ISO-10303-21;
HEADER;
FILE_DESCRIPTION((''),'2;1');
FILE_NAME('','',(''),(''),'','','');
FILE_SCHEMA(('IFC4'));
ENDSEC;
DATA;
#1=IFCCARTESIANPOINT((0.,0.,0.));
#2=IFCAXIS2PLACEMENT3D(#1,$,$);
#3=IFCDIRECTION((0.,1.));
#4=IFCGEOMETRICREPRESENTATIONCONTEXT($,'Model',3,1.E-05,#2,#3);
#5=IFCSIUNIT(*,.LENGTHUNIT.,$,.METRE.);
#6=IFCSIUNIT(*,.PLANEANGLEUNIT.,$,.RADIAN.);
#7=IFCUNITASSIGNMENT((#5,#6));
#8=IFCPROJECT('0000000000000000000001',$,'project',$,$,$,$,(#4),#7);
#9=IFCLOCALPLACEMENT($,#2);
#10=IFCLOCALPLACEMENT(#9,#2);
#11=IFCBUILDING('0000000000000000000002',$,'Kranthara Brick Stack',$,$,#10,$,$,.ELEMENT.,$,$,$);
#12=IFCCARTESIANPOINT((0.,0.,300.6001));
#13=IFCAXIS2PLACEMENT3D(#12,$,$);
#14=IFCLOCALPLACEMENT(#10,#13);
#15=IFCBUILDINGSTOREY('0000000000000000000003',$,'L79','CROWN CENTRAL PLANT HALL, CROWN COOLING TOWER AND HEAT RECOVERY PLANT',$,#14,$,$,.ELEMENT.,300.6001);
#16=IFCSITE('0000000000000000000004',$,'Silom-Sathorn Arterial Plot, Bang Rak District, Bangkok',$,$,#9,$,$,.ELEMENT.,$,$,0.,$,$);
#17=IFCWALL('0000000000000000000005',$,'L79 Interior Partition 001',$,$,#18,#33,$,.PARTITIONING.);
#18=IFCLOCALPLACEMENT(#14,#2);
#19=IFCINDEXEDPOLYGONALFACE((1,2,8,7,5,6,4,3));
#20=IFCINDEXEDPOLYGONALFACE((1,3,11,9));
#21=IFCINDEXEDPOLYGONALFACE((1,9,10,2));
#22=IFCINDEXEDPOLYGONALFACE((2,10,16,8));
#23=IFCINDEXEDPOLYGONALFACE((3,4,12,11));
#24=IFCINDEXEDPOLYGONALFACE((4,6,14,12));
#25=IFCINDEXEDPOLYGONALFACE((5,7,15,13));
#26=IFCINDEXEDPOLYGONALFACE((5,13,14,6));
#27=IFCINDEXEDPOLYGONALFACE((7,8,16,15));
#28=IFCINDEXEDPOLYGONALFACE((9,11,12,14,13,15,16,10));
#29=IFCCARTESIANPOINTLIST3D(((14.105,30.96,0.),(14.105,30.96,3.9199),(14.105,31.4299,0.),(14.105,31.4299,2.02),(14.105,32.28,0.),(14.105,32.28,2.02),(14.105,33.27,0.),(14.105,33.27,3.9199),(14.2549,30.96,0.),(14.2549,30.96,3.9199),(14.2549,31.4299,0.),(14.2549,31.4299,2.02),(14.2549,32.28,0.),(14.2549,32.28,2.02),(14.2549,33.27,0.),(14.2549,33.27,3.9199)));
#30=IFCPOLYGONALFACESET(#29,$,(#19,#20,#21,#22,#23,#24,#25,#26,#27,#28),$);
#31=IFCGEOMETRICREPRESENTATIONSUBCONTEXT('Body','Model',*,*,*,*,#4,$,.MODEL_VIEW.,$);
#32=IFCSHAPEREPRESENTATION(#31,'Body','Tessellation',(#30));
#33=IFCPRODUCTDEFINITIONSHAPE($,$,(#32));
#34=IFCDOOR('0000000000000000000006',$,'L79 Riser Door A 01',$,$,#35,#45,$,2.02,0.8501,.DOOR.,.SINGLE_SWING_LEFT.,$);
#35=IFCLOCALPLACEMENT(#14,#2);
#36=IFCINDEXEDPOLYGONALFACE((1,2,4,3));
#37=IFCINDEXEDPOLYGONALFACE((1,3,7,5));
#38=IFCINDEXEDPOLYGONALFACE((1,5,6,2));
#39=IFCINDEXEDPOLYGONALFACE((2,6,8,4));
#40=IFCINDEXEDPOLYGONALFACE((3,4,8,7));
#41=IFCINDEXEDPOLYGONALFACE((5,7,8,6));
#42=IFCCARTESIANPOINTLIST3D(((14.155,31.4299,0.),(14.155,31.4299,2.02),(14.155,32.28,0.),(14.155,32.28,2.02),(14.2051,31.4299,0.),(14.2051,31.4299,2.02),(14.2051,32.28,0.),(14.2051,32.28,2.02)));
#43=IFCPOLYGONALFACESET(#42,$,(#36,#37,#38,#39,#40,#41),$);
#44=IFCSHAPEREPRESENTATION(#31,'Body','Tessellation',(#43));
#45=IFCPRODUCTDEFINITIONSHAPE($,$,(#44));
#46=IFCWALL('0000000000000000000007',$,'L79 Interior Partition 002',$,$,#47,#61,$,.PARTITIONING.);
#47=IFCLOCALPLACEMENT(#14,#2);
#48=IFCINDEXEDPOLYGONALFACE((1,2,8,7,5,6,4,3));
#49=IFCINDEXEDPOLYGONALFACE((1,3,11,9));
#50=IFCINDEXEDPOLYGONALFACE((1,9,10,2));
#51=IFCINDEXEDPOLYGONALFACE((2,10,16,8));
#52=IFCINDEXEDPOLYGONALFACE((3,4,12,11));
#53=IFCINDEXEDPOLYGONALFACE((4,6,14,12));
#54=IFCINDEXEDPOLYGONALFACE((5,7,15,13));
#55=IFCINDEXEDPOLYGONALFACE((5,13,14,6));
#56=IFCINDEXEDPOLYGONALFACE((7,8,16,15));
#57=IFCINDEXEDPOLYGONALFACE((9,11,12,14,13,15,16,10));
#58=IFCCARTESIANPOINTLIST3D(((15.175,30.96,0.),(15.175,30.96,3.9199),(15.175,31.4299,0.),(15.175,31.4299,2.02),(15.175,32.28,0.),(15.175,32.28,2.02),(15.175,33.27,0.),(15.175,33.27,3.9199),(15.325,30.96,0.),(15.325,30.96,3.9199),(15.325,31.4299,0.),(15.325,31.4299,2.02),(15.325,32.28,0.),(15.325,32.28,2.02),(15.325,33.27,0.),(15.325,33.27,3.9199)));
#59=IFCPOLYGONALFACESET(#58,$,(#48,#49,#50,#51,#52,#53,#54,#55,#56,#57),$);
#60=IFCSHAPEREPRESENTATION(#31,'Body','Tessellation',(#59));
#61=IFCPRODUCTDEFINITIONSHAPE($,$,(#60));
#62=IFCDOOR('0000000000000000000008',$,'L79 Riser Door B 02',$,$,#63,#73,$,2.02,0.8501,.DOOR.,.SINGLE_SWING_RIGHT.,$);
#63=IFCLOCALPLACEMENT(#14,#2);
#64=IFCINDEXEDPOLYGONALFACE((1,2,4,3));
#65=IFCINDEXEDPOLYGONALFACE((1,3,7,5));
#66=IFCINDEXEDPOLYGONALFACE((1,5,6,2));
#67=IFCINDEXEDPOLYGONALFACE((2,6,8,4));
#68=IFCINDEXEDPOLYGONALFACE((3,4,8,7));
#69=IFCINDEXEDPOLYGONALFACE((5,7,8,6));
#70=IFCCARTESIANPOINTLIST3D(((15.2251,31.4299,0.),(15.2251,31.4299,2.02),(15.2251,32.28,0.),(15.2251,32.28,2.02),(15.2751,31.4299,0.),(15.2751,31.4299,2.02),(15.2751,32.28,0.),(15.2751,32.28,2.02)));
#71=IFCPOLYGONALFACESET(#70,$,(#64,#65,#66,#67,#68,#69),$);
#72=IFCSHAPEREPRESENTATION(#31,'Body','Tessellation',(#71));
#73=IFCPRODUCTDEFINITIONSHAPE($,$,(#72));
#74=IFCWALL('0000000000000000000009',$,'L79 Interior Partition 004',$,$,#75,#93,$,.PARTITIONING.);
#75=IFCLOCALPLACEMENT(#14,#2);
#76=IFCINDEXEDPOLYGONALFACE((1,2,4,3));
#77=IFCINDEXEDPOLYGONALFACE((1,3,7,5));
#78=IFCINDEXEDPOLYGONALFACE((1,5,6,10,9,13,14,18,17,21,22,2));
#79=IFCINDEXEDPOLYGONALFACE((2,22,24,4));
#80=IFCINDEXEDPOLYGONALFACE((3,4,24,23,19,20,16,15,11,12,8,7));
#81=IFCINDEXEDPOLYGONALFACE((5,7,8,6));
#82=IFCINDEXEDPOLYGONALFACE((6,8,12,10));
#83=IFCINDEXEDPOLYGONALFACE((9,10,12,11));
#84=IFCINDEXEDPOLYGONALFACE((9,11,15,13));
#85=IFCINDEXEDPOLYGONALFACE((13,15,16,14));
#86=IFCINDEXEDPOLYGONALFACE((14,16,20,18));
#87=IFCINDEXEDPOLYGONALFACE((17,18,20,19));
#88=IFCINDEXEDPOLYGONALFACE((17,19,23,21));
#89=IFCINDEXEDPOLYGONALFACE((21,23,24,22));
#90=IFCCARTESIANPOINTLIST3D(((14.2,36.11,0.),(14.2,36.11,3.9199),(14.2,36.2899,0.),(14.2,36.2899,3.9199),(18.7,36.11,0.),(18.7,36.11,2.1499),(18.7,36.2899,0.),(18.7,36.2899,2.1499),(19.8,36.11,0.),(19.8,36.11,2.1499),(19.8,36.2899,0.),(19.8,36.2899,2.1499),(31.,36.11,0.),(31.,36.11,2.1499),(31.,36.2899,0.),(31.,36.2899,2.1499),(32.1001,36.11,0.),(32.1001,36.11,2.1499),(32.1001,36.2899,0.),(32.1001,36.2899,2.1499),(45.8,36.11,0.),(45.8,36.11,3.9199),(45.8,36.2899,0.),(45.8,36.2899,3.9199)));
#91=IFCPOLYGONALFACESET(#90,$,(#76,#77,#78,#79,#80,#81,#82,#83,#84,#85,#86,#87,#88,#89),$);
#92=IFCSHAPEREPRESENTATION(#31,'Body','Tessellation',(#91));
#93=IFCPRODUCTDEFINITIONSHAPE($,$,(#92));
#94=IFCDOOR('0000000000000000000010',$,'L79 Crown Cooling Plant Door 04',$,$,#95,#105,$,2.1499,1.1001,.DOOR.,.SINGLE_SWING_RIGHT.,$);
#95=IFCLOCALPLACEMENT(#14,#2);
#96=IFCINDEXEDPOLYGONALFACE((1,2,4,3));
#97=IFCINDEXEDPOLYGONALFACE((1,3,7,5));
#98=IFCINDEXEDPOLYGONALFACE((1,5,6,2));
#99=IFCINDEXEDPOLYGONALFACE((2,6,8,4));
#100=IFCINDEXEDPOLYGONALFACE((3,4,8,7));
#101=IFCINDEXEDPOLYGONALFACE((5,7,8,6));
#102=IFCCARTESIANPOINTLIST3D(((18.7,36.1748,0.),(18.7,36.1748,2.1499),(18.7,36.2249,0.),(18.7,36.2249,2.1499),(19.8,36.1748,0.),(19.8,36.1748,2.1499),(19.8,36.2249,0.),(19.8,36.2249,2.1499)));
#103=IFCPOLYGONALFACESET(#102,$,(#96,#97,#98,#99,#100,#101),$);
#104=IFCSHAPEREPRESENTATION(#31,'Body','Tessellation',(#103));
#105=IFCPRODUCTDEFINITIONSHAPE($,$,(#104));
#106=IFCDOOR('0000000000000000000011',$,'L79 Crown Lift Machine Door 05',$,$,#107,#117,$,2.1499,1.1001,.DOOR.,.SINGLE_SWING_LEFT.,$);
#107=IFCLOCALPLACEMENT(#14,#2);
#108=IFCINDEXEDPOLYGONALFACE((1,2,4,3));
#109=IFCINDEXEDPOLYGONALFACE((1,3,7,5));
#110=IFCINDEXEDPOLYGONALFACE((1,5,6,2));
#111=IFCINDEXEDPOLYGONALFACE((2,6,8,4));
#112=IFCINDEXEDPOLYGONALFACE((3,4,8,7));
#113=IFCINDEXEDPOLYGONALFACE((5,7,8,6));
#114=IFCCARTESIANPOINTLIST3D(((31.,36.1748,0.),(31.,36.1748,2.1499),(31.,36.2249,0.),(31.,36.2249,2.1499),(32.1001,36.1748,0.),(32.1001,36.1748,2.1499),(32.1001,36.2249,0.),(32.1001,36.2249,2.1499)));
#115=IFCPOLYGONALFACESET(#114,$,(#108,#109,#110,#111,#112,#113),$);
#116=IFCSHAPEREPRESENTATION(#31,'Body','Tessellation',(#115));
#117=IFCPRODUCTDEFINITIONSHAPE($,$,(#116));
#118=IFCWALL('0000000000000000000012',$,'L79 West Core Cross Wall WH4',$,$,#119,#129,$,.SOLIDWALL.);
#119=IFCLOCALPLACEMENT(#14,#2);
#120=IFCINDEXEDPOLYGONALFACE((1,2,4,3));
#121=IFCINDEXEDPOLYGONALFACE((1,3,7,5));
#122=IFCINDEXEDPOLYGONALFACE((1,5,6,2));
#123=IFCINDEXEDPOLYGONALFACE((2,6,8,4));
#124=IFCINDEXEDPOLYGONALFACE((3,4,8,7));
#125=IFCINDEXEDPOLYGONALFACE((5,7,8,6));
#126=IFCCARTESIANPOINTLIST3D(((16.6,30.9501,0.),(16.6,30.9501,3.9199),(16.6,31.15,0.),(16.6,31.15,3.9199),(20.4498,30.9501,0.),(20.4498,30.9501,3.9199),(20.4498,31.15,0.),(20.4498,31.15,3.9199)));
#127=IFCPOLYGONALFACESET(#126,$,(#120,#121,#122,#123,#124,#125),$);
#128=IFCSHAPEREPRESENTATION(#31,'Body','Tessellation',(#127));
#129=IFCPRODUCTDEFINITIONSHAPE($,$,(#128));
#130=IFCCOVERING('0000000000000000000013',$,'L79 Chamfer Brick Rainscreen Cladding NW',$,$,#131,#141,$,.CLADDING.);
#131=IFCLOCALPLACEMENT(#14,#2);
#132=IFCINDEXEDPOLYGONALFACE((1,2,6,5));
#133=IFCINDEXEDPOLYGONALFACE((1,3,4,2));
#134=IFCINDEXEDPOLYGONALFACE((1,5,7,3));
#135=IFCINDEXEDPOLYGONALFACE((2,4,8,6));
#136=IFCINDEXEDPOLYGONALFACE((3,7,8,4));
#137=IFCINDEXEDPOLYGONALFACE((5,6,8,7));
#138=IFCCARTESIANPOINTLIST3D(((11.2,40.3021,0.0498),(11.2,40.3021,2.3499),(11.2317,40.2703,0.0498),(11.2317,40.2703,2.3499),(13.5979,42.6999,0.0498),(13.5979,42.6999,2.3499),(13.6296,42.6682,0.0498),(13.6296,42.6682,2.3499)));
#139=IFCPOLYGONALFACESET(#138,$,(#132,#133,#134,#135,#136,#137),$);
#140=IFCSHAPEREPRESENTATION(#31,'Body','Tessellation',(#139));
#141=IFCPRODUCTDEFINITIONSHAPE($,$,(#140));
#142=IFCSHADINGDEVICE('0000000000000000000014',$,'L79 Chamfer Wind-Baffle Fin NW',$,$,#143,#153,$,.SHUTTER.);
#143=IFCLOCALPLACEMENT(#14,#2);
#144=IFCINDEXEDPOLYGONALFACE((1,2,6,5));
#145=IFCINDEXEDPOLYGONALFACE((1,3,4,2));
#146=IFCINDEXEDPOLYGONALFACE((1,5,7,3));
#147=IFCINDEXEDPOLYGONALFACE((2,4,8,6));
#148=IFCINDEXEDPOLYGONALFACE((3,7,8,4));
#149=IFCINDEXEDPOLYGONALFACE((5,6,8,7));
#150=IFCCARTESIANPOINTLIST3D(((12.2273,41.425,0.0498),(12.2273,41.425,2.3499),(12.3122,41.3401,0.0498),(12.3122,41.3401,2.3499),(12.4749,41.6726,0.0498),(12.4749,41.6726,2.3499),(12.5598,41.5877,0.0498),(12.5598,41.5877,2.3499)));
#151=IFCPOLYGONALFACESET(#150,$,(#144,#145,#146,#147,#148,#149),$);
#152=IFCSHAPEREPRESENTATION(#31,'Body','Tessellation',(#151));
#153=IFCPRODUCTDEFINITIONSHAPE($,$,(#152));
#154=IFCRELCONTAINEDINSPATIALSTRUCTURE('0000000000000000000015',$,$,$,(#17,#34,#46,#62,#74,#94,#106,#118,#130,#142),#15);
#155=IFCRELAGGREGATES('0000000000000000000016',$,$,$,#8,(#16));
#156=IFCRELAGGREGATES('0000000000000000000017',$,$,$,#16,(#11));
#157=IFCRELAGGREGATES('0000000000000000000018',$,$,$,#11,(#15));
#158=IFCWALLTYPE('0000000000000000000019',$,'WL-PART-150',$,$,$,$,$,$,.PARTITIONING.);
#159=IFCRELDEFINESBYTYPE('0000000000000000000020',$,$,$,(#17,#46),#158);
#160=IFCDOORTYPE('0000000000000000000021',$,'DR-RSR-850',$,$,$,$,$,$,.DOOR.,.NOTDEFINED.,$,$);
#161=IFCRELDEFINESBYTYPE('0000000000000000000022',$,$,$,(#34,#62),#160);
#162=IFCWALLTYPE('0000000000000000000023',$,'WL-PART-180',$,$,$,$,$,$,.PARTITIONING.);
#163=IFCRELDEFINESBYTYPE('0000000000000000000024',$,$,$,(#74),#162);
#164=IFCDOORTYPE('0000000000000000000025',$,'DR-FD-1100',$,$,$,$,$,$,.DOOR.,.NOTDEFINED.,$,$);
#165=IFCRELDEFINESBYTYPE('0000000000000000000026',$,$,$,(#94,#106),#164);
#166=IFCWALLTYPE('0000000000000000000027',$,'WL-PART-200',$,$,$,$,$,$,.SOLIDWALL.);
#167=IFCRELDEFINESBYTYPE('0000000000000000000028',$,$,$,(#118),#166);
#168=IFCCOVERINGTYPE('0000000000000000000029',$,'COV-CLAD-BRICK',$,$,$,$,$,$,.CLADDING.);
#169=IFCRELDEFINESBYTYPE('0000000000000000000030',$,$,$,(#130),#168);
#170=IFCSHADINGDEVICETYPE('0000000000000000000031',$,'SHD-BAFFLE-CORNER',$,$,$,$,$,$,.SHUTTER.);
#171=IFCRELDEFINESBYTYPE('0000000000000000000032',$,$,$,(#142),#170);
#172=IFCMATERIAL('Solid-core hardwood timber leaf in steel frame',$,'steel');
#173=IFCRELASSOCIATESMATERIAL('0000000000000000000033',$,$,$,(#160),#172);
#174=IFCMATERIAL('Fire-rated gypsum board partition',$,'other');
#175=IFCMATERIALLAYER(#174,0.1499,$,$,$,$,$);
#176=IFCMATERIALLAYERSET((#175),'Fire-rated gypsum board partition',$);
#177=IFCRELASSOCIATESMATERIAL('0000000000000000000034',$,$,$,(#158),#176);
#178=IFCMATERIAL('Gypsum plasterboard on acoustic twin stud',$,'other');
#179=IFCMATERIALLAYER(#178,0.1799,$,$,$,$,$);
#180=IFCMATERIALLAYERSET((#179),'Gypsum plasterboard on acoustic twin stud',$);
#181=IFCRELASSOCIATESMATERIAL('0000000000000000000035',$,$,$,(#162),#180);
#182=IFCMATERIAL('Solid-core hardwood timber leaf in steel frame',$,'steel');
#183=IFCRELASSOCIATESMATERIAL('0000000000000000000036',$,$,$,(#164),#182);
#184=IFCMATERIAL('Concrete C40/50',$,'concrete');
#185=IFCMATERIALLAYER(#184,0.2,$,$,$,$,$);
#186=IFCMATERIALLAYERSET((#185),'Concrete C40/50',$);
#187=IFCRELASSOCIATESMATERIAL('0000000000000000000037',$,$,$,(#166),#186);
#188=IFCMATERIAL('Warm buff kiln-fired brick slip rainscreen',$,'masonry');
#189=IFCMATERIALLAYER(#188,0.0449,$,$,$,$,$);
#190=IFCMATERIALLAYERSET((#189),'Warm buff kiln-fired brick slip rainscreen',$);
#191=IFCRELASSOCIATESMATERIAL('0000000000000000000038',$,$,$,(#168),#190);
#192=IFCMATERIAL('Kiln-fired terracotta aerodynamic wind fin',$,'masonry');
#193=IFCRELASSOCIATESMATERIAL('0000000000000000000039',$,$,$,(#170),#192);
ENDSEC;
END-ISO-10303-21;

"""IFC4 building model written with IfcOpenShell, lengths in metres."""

from ifc_helpers import new_model, si_unit, direction, frame, frame_2d, origin, origin_2d, place, context, subcontext, project, spatial, rectangle, extrude, material, layer, layer_set, type_object, element, fill, save


model = new_model("IFC4")

# Units and contexts
model_context = context("Model", 3, precision=1e-05, world=origin(), true_north=direction((0.0, 1.0)))
body_context = subcontext(model_context, "Body", "Model", "MODEL_VIEW")
ifc_project = project(units=[si_unit("LENGTHUNIT", "METRE"), si_unit("PLANEANGLEUNIT", "RADIAN")], contexts=[model_context])

# Site, building, storey
site_placement = place(None, origin())
site = spatial("IfcSite", under=ifc_project, at=site_placement, Name="Silom-Sathorn Arterial Plot, Bang Rak District, Bangkok", CompositionType="ELEMENT", RefElevation=0.0)
building_placement = place(site_placement, origin())
building = spatial("IfcBuilding", under=site, at=building_placement, Name="Kranthara Brick Stack", CompositionType="ELEMENT")
storey_placement = place(building_placement, frame((0.0, 0.0, 300.6001)))
storey = spatial("IfcBuildingStorey", under=building, at=storey_placement, Name="L79", Description="CROWN CENTRAL PLANT HALL, CROWN COOLING TOWER AND HEAT RECOVERY PLANT", CompositionType="ELEMENT", Elevation=300.6001)

# Walls, openings, doors
ifc_material_1 = material(Name="Solid-core hardwood timber leaf in steel frame", Category="steel")
door_type_1 = type_object("IfcDoorType", Name="DR-RSR-850", OperationType="NOTDEFINED", PredefinedType="DOOR", material=ifc_material_1)
ifc_material_2 = material(Name="Fire-rated gypsum board partition", Category="other")
ifc_layer_1 = layer(ifc_material_2, 0.1499)
ifc_layer_set_1 = layer_set([ifc_layer_1], Name="Fire-rated gypsum board partition")
wall_type_1 = type_object("IfcWallType", Name="WL-PART-150", PredefinedType="PARTITIONING", material=ifc_layer_set_1)
wall_1_placement = place(storey_placement, frame((14.1799, 30.96, 0.0), z_axis=(0.0, 0.0, 1.0), x_axis=(0.0, 1.0, 0.0)))
wall_1 = element("IfcWall", 1, at=wall_1_placement, inside=storey, type_object=wall_type_1, Name="L79 Interior Partition 001", PredefinedType="PARTITIONING", context=body_context, shape_type="SweptSolid", body=[
    extrude(rectangle(XDim=2.3101, YDim=0.1499, at=frame_2d((1.155, 0.0))), origin(), (0.0, 0.0, 1.0), 3.9199),
])
opening_1_placement = place(wall_1_placement, frame((0.47, 0.0, 0.0)))
opening_1 = element("IfcOpeningElement", 2, at=opening_1_placement, cuts=wall_1, PredefinedType="OPENING", context=body_context, shape_type="SweptSolid", body=[
    extrude(rectangle(XDim=0.8501, YDim=2.02, at=frame_2d((0.425, 1.01))), frame((0.0, 0.085, 0.0), z_axis=(0.0, -1.0, 0.0), x_axis=(1.0, 0.0, 0.0)), (0.0, 0.0, 1.0), 0.1699),
])
door_1_placement = place(opening_1_placement, origin())
door_1 = element("IfcDoor", 3, at=door_1_placement, inside=storey, type_object=door_type_1, Name="L79 Riser Door A 01", OperationType="SINGLE_SWING_LEFT", OverallHeight=2.02, OverallWidth=0.8501, PredefinedType="DOOR", context=body_context, shape_type="SweptSolid", body=[
    extrude(rectangle(XDim=0.8501, YDim=2.02, at=frame_2d((0.425, 1.01))), frame((0.0, 0.0249, 0.0), z_axis=(0.0, -1.0, 0.0), x_axis=(1.0, 0.0, 0.0)), (0.0, 0.0, 1.0), 0.05),
])
fill(opening_1, door_1)
wall_2_placement = place(storey_placement, frame((15.25, 30.96, 0.0), z_axis=(0.0, 0.0, 1.0), x_axis=(0.0, 1.0, 0.0)))
wall_2 = element("IfcWall", 4, at=wall_2_placement, inside=storey, type_object=wall_type_1, Name="L79 Interior Partition 002", PredefinedType="PARTITIONING", context=body_context, shape_type="SweptSolid", body=[
    extrude(rectangle(XDim=2.3101, YDim=0.1499, at=frame_2d((1.155, 0.0))), origin(), (0.0, 0.0, 1.0), 3.9199),
])
opening_2_placement = place(wall_2_placement, frame((0.47, 0.0, 0.0)))
opening_2 = element("IfcOpeningElement", 5, at=opening_2_placement, cuts=wall_2, PredefinedType="OPENING", context=body_context, shape_type="SweptSolid", body=[
    extrude(rectangle(XDim=0.8501, YDim=2.02, at=frame_2d((0.425, 1.01))), frame((0.0, 0.085, 0.0), z_axis=(0.0, -1.0, 0.0), x_axis=(1.0, 0.0, 0.0)), (0.0, 0.0, 1.0), 0.1699),
])
door_2_placement = place(opening_2_placement, origin())
door_2 = element("IfcDoor", 6, at=door_2_placement, inside=storey, type_object=door_type_1, Name="L79 Riser Door B 02", OperationType="SINGLE_SWING_RIGHT", OverallHeight=2.02, OverallWidth=0.8501, PredefinedType="DOOR", context=body_context, shape_type="SweptSolid", body=[
    extrude(rectangle(XDim=0.8501, YDim=2.02, at=frame_2d((0.425, 1.01))), frame((0.0, 0.0249, 0.0), z_axis=(0.0, -1.0, 0.0), x_axis=(1.0, 0.0, 0.0)), (0.0, 0.0, 1.0), 0.05),
])
fill(opening_2, door_2)

# Wall, openings, doors
ifc_material_3 = material(Name="Gypsum plasterboard on acoustic twin stud", Category="other")
ifc_layer_2 = layer(ifc_material_3, 0.1799)
ifc_layer_set_2 = layer_set([ifc_layer_2], Name="Gypsum plasterboard on acoustic twin stud")
wall_type_2 = type_object("IfcWallType", Name="WL-PART-180", PredefinedType="PARTITIONING", material=ifc_layer_set_2)
wall_3_placement = place(storey_placement, frame((14.2, 36.2, 0.0), z_axis=(0.0, 0.0, 1.0), x_axis=(1.0, 0.0, 0.0)))
wall_3 = element("IfcWall", 7, at=wall_3_placement, inside=storey, type_object=wall_type_2, Name="L79 Interior Partition 004", PredefinedType="PARTITIONING", context=body_context, shape_type="SweptSolid", body=[
    extrude(rectangle(XDim=31.6001, YDim=0.1799, at=frame_2d((15.8, 0.0))), origin(), (0.0, 0.0, 1.0), 3.9199),
])
opening_3_placement = place(wall_3_placement, frame((4.5, 0.0, 0.0)))
opening_3 = element("IfcOpeningElement", 8, at=opening_3_placement, cuts=wall_3, PredefinedType="OPENING", context=body_context, shape_type="SweptSolid", body=[
    extrude(rectangle(XDim=1.1001, YDim=2.1499, at=frame_2d((0.55, 1.075))), frame((0.0, 0.0999, 0.0), z_axis=(0.0, -1.0, 0.0), x_axis=(1.0, 0.0, 0.0)), (0.0, 0.0, 1.0), 0.2),
])
opening_4_placement = place(wall_3_placement, frame((16.8, 0.0, 0.0)))
opening_4 = element("IfcOpeningElement", 9, at=opening_4_placement, cuts=wall_3, PredefinedType="OPENING", context=body_context, shape_type="SweptSolid", body=[
    extrude(rectangle(XDim=1.1001, YDim=2.1499, at=frame_2d((0.55, 1.075))), frame((0.0, 0.0999, 0.0), z_axis=(0.0, -1.0, 0.0), x_axis=(1.0, 0.0, 0.0)), (0.0, 0.0, 1.0), 0.2),
])
ifc_material_4 = material(Name="Solid-core hardwood timber leaf in steel frame", Category="steel")
door_type_2 = type_object("IfcDoorType", Name="DR-FD-1100", OperationType="NOTDEFINED", PredefinedType="DOOR", material=ifc_material_4)
door_3_placement = place(opening_3_placement, origin())
door_3 = element("IfcDoor", 10, at=door_3_placement, inside=storey, type_object=door_type_2, Name="L79 Crown Cooling Plant Door 04", OperationType="SINGLE_SWING_RIGHT", OverallHeight=2.1499, OverallWidth=1.1001, PredefinedType="DOOR", context=body_context, shape_type="SweptSolid", body=[
    extrude(rectangle(XDim=1.1001, YDim=2.1499, at=frame_2d((0.55, 1.075))), frame((0.0, 0.0249, 0.0), z_axis=(0.0, -1.0, 0.0), x_axis=(1.0, 0.0, 0.0)), (0.0, 0.0, 1.0), 0.05),
])
fill(opening_3, door_3)
door_4_placement = place(opening_4_placement, origin())
door_4 = element("IfcDoor", 11, at=door_4_placement, inside=storey, type_object=door_type_2, Name="L79 Crown Lift Machine Door 05", OperationType="SINGLE_SWING_LEFT", OverallHeight=2.1499, OverallWidth=1.1001, PredefinedType="DOOR", context=body_context, shape_type="SweptSolid", body=[
    extrude(rectangle(XDim=1.1001, YDim=2.1499, at=frame_2d((0.55, 1.075))), frame((0.0, 0.0249, 0.0), z_axis=(0.0, -1.0, 0.0), x_axis=(1.0, 0.0, 0.0)), (0.0, 0.0, 1.0), 0.05),
])
fill(opening_4, door_4)

# Wall
ifc_material_5 = material(Name="Concrete C40/50", Category="concrete")
ifc_layer_3 = layer(ifc_material_5, 0.2)
ifc_layer_set_3 = layer_set([ifc_layer_3], Name="Concrete C40/50")
wall_type_3 = type_object("IfcWallType", Name="WL-PART-200", PredefinedType="SOLIDWALL", material=ifc_layer_set_3)
wall_4_placement = place(storey_placement, frame((16.6001, 31.05, 0.0), z_axis=(0.0, 0.0, 1.0), x_axis=(1.0, 0.0, 0.0)))
element("IfcWall", 12, at=wall_4_placement, inside=storey, type_object=wall_type_3, Name="L79 West Core Cross Wall WH4", PredefinedType="SOLIDWALL", context=body_context, shape_type="SweptSolid", body=[
    extrude(rectangle(XDim=3.8499, YDim=0.2, at=frame_2d((1.9248, 0.0))), origin(), (0.0, 0.0, 1.0), 3.9199),
])

# Covering
ifc_material_6 = material(Name="Warm buff kiln-fired brick slip rainscreen", Category="masonry")
ifc_layer_4 = layer(ifc_material_6, 0.0449)
ifc_layer_set_4 = layer_set([ifc_layer_4], Name="Warm buff kiln-fired brick slip rainscreen")
covering_type = type_object("IfcCoveringType", Name="COV-CLAD-BRICK", PredefinedType="CLADDING", material=ifc_layer_set_4)
covering_placement = place(storey_placement, frame((12.4148, 41.4851, 0.0498), z_axis=(0.0, 0.0, 1.0), x_axis=(0.707107, 0.707107, 0.0)))
element("IfcCovering", 13, at=covering_placement, inside=storey, type_object=covering_type, Name="L79 Chamfer Brick Rainscreen Cladding NW", PredefinedType="CLADDING", context=body_context, shape_type="SweptSolid", body=[
    extrude(rectangle(XDim=3.3911, YDim=0.0449, at=origin_2d()), origin(), (0.0, 0.0, 1.0), 2.3),
])

# Shading device
ifc_material_7 = material(Name="Kiln-fired terracotta aerodynamic wind fin", Category="masonry")
shading_device_type = type_object("IfcShadingDeviceType", Name="SHD-BAFFLE-CORNER", PredefinedType="SHUTTER", material=ifc_material_7)
shading_device_placement = place(storey_placement, frame((12.3936, 41.5063, 0.0498), z_axis=(0.0, 0.0, 1.0), x_axis=(0.707107, 0.707107, 0.0)))
element("IfcShadingDevice", 14, at=shading_device_placement, inside=storey, type_object=shading_device_type, Name="L79 Chamfer Wind-Baffle Fin NW", PredefinedType="SHUTTER", context=body_context, shape_type="SweptSolid", body=[
    extrude(rectangle(XDim=0.3501, YDim=0.1201, at=origin_2d()), origin(), (0.0, 0.0, 1.0), 2.3),
])

save(model, "model.ifc")
